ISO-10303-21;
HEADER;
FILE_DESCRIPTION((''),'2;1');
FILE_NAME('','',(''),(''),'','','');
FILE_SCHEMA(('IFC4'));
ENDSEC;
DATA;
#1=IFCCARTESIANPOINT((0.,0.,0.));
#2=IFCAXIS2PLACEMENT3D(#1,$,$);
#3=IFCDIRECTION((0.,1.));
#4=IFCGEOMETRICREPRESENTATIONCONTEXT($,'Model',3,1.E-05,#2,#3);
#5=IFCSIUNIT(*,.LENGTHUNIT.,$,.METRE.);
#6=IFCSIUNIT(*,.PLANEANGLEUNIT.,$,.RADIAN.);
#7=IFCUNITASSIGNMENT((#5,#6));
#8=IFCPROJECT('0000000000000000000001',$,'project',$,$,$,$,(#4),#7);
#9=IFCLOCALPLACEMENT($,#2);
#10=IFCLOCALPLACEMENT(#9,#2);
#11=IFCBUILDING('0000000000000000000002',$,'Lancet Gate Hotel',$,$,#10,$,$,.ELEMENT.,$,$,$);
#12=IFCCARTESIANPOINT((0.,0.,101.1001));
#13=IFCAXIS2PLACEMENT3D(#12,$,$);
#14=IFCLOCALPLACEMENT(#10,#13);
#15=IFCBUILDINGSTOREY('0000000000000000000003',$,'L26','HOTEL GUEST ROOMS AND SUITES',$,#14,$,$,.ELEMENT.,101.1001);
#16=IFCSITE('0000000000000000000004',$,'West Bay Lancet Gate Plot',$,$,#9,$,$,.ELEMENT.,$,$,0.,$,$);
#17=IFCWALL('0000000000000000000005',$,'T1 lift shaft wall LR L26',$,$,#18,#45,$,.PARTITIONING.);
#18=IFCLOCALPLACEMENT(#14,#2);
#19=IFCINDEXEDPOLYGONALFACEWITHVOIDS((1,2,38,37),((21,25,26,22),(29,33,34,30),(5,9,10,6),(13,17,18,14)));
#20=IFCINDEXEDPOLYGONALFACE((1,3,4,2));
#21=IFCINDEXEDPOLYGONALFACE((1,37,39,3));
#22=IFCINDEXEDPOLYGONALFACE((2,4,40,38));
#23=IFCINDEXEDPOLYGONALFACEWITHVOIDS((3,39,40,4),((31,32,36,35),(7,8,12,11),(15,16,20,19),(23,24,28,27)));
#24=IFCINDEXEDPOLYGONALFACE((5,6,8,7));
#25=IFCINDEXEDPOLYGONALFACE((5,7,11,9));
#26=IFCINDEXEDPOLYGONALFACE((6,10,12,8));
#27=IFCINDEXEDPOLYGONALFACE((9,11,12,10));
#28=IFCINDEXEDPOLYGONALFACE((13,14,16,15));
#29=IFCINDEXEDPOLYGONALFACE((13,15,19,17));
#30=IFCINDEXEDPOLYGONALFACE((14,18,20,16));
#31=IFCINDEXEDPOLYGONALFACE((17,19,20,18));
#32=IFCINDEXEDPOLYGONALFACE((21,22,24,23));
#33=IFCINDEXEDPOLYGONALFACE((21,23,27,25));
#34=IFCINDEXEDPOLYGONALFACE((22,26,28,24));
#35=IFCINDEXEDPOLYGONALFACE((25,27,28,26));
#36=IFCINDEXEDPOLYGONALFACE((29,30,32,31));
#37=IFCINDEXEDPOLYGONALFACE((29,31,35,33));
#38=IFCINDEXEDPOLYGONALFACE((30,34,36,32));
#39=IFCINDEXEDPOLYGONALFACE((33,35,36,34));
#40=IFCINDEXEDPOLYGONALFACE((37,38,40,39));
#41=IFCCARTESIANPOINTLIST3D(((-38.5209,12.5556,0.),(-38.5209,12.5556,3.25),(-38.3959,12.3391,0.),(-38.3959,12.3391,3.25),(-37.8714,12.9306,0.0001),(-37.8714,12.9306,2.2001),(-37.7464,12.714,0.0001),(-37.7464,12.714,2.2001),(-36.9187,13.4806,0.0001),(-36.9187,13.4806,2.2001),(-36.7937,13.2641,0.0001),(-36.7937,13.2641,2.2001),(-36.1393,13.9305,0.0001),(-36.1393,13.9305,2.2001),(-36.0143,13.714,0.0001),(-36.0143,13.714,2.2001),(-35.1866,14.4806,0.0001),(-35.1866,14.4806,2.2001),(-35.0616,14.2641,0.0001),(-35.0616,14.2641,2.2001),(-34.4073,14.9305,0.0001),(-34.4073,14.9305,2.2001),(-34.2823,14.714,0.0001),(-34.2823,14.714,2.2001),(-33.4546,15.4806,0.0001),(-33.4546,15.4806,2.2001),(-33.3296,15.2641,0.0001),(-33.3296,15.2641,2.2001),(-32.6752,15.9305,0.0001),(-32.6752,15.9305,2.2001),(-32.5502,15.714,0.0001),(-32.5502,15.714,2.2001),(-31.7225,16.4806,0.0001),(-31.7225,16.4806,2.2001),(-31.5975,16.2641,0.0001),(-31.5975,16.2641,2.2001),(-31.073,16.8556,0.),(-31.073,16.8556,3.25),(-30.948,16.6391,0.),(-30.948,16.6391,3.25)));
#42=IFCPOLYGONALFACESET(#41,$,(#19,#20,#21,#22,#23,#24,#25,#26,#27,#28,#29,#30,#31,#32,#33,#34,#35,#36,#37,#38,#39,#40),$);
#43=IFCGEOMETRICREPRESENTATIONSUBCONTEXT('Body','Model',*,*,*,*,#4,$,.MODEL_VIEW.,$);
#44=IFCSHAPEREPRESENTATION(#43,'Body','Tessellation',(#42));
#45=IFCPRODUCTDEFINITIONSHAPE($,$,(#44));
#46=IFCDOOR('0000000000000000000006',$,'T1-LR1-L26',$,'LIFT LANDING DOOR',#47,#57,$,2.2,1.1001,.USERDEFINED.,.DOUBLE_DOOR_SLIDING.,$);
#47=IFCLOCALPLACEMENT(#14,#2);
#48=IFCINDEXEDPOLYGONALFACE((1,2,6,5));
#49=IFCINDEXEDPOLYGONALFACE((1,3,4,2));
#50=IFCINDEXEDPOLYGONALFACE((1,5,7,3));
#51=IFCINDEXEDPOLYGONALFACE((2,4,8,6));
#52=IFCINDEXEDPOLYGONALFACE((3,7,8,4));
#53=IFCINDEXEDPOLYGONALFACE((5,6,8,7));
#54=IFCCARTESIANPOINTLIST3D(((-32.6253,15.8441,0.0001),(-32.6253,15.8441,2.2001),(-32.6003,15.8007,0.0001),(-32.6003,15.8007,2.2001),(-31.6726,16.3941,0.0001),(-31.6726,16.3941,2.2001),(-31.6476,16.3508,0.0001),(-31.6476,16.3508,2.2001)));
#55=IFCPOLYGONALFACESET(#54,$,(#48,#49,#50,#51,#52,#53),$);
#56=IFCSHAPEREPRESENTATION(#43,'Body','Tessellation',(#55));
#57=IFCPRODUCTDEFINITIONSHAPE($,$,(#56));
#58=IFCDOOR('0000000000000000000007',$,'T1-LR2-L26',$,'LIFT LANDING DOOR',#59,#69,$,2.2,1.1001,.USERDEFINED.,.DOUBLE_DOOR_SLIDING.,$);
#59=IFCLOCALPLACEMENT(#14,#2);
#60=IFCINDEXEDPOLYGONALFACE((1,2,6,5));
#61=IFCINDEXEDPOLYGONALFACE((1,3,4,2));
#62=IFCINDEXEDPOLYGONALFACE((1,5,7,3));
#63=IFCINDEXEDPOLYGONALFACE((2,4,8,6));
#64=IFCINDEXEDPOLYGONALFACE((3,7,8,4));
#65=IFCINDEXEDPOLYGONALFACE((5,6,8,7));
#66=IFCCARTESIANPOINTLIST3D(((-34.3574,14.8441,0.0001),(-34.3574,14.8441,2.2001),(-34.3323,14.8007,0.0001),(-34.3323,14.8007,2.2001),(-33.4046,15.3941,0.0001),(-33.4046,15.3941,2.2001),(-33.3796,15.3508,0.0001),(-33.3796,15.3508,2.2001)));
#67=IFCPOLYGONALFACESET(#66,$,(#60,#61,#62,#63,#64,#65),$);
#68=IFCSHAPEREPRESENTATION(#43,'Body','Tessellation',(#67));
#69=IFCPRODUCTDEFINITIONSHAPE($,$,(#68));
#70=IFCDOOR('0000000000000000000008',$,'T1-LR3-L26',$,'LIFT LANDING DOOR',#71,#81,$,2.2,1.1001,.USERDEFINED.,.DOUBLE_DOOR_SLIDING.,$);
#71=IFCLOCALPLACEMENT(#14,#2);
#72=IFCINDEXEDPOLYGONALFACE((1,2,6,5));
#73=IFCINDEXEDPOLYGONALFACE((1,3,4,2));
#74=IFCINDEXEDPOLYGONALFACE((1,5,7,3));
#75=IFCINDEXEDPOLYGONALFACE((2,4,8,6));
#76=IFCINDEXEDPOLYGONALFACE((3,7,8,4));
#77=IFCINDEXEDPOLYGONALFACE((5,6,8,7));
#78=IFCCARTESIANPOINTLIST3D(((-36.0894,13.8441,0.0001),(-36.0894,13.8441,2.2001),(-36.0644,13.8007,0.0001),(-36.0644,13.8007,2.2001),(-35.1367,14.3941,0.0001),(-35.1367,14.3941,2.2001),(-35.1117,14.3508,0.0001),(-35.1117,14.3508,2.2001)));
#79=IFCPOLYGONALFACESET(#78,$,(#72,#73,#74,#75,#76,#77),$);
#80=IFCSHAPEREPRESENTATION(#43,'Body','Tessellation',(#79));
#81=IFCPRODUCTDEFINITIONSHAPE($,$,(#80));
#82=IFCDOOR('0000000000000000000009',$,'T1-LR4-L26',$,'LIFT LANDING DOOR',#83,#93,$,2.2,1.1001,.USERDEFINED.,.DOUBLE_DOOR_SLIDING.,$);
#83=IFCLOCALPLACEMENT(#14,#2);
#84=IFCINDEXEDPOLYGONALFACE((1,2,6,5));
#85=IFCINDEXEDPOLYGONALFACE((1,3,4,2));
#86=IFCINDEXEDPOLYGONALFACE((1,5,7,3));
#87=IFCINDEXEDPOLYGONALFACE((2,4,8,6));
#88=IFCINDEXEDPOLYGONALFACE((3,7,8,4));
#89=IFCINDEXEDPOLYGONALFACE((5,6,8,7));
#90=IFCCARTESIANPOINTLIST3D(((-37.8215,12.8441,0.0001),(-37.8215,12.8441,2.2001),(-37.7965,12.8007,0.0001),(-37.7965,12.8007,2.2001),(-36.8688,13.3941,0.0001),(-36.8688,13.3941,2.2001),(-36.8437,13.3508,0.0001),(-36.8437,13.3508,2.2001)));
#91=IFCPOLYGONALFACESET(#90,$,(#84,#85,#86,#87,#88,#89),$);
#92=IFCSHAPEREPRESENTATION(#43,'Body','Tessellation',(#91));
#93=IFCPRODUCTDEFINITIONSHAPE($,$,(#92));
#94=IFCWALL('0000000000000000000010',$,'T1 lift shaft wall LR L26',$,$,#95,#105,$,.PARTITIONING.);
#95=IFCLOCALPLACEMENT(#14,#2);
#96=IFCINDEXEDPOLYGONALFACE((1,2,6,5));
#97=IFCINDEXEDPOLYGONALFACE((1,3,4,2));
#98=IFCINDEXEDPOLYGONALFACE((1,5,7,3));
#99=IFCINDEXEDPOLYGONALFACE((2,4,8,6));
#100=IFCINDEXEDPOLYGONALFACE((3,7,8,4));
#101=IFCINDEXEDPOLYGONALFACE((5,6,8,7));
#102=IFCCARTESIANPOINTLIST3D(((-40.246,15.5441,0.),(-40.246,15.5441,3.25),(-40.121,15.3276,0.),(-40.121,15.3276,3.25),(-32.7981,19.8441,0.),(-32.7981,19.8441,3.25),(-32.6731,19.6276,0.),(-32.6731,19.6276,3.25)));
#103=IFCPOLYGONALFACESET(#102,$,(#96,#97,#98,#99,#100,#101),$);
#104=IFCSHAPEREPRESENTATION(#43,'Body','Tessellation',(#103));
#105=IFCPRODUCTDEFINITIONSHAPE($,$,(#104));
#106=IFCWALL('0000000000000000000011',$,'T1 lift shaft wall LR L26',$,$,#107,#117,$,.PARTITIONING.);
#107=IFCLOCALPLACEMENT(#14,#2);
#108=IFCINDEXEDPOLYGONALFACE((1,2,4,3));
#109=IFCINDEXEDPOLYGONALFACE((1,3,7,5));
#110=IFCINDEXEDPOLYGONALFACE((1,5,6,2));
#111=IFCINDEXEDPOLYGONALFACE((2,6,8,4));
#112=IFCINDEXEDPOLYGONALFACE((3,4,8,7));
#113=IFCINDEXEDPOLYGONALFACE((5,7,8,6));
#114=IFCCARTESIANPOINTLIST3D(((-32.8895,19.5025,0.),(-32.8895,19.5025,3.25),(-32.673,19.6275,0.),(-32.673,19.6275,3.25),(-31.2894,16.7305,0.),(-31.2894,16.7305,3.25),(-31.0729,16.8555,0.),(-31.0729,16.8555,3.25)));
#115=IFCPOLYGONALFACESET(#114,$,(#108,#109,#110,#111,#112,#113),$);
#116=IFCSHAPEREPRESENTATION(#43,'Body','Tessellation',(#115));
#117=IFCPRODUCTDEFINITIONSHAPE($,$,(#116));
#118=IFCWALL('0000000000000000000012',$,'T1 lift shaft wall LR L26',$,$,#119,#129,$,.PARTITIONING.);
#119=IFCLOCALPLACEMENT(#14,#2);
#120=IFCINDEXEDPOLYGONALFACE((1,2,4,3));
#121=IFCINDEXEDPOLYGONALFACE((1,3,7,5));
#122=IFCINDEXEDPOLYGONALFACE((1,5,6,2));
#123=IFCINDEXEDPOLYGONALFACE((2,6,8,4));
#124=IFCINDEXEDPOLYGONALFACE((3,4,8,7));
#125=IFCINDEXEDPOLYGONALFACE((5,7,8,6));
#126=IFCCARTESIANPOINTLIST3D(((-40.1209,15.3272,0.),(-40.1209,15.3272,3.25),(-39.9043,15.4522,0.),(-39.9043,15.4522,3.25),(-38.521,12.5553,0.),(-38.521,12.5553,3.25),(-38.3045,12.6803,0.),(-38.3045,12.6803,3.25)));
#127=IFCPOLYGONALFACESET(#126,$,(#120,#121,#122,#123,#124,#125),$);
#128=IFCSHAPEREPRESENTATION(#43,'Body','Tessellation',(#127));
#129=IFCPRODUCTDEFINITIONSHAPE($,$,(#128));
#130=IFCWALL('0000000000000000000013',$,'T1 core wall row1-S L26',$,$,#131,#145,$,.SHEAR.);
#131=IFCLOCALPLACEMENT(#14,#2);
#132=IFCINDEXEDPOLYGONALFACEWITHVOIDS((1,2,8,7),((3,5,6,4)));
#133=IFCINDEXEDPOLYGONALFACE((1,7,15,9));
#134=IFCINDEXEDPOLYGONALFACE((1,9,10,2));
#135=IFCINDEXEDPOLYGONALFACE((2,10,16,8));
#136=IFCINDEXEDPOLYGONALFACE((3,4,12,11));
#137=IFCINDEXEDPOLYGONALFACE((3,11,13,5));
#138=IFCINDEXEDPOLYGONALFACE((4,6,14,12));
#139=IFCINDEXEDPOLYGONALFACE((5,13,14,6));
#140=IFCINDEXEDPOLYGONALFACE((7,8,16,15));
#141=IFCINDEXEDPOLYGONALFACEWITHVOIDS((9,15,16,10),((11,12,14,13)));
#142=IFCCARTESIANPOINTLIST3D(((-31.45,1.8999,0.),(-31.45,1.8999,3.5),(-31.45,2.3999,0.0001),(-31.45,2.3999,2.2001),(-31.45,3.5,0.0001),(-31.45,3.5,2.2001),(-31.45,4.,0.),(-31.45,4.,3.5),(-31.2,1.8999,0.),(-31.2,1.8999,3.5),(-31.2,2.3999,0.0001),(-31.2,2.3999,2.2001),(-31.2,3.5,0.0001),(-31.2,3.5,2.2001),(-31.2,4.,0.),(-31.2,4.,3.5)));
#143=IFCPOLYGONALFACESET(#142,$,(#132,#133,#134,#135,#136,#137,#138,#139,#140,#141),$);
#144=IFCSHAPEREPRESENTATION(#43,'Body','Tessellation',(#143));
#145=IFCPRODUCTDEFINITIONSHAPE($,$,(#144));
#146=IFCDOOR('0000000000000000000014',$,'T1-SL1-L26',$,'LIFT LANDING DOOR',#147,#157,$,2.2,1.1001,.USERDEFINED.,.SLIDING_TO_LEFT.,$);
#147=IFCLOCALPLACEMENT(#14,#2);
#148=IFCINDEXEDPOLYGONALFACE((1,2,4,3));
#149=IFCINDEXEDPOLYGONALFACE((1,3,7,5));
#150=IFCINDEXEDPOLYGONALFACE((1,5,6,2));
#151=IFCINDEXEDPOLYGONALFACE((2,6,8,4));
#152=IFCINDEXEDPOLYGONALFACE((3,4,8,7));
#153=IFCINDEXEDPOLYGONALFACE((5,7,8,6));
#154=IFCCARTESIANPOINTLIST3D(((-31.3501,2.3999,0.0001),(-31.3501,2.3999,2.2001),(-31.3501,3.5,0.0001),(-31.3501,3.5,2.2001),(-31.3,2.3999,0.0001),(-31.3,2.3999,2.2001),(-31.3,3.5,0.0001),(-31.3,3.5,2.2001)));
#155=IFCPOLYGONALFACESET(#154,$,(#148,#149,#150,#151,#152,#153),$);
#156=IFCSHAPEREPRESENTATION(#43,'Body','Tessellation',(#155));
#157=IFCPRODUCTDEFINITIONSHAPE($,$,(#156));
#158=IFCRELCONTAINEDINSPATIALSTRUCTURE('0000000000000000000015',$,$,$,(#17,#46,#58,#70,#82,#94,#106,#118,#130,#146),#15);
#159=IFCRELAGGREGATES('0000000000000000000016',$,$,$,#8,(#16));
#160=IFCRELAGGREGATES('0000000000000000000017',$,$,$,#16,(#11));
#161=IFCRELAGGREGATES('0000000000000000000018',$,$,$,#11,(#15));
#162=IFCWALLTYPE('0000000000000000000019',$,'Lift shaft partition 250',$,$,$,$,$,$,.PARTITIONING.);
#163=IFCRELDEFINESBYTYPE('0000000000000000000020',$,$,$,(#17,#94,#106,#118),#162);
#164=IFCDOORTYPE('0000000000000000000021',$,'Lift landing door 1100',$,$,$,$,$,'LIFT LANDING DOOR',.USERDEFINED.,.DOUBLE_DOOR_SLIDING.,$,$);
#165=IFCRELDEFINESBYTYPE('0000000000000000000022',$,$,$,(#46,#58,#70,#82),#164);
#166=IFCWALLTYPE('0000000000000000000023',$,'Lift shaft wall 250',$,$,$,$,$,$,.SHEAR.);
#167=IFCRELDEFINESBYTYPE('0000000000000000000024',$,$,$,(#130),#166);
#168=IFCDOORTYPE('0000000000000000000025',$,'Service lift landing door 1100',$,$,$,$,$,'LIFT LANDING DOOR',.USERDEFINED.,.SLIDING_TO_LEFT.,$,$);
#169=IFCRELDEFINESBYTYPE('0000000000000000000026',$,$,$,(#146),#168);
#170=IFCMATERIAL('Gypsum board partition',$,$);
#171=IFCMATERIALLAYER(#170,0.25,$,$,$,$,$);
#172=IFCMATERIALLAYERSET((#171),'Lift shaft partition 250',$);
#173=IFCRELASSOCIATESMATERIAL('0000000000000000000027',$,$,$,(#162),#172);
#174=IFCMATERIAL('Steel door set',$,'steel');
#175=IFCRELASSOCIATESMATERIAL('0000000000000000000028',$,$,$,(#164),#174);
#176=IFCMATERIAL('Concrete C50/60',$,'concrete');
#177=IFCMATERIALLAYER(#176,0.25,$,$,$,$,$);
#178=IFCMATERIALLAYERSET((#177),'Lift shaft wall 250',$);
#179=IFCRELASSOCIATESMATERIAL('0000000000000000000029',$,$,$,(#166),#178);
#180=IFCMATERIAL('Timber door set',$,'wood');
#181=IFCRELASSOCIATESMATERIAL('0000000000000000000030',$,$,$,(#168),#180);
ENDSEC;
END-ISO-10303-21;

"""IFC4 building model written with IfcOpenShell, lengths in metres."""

from ifc_helpers import new_model, si_unit, direction, frame, frame_2d, origin, place, context, subcontext, project, spatial, rectangle, extrude, material, layer, layer_set, type_object, element, fill, save


model = new_model("IFC4")

# Units and contexts
model_context = context("Model", 3, precision=1e-05, world=origin(), true_north=direction((0.0, 1.0)))
body_context = subcontext(model_context, "Body", "Model", "MODEL_VIEW")
ifc_project = project(units=[si_unit("LENGTHUNIT", "METRE"), si_unit("PLANEANGLEUNIT", "RADIAN")], contexts=[model_context])

# Site, building, storey
site_placement = place(None, origin())
site = spatial("IfcSite", under=ifc_project, at=site_placement, Name="West Bay Lancet Gate Plot", CompositionType="ELEMENT", RefElevation=0.0)
building_placement = place(site_placement, origin())
building = spatial("IfcBuilding", under=site, at=building_placement, Name="Lancet Gate Hotel", CompositionType="ELEMENT")
storey_placement = place(building_placement, frame((0.0, 0.0, 101.1001)))
storey = spatial("IfcBuildingStorey", under=building, at=storey_placement, Name="L26", Description="HOTEL GUEST ROOMS AND SUITES", CompositionType="ELEMENT", Elevation=101.1001)

# Wall, openings, doors
ifc_material_1 = material(Name="Gypsum board partition")
ifc_layer_1 = layer(ifc_material_1, 0.25)
ifc_layer_set_1 = layer_set([ifc_layer_1], Name="Lift shaft partition 250")
wall_type_1 = type_object("IfcWallType", Name="Lift shaft partition 250", PredefinedType="PARTITIONING", material=ifc_layer_set_1)
wall_1_placement = place(storey_placement, frame((-31.0105, 16.7473, 0.0), z_axis=(0.0, 0.0, 1.0), x_axis=(-0.866028, -0.499995, 0.0)))
wall_1 = element("IfcWall", 1, at=wall_1_placement, inside=storey, type_object=wall_type_1, Name="T1 lift shaft wall LR L26", PredefinedType="PARTITIONING", context=body_context, shape_type="SweptSolid", body=[
    extrude(rectangle(XDim=8.6001, YDim=0.25, at=frame_2d((4.3, 0.0))), origin(), (0.0, 0.0, 1.0), 3.25),
])
opening_1_placement = place(wall_1_placement, frame((0.75, 0.0, 0.0)))
opening_1 = element("IfcOpeningElement", 2, at=opening_1_placement, cuts=wall_1, PredefinedType="OPENING", context=body_context, shape_type="SweptSolid", body=[
    extrude(rectangle(XDim=1.1001, YDim=2.2, at=frame_2d((0.55, 1.1001))), frame((0.0, 0.135, 0.0), z_axis=(0.0, -1.0, 0.0), x_axis=(1.0, 0.0, 0.0)), (0.0, 0.0, 1.0), 0.27),
])
opening_2_placement = place(wall_1_placement, frame((2.75, 0.0, 0.0)))
opening_2 = element("IfcOpeningElement", 3, at=opening_2_placement, cuts=wall_1, PredefinedType="OPENING", context=body_context, shape_type="SweptSolid", body=[
    extrude(rectangle(XDim=1.1001, YDim=2.2, at=frame_2d((0.55, 1.1001))), frame((0.0, 0.135, 0.0), z_axis=(0.0, -1.0, 0.0), x_axis=(1.0, 0.0, 0.0)), (0.0, 0.0, 1.0), 0.27),
])
opening_3_placement = place(wall_1_placement, frame((4.75, 0.0, 0.0)))
opening_3 = element("IfcOpeningElement", 4, at=opening_3_placement, cuts=wall_1, PredefinedType="OPENING", context=body_context, shape_type="SweptSolid", body=[
    extrude(rectangle(XDim=1.1001, YDim=2.2, at=frame_2d((0.55, 1.1001))), frame((0.0, 0.135, 0.0), z_axis=(0.0, -1.0, 0.0), x_axis=(1.0, 0.0, 0.0)), (0.0, 0.0, 1.0), 0.27),
])
opening_4_placement = place(wall_1_placement, frame((6.75, 0.0, 0.0)))
opening_4 = element("IfcOpeningElement", 5, at=opening_4_placement, cuts=wall_1, PredefinedType="OPENING", context=body_context, shape_type="SweptSolid", body=[
    extrude(rectangle(XDim=1.1001, YDim=2.2, at=frame_2d((0.55, 1.1001))), frame((0.0, 0.135, 0.0), z_axis=(0.0, -1.0, 0.0), x_axis=(1.0, 0.0, 0.0)), (0.0, 0.0, 1.0), 0.27),
])
ifc_material_2 = material(Name="Steel door set", Category="steel")
door_type_1 = type_object("IfcDoorType", Name="Lift landing door 1100", ElementType="LIFT LANDING DOOR", OperationType="DOUBLE_DOOR_SLIDING", PredefinedType="USERDEFINED", material=ifc_material_2)
door_1_placement = place(opening_1_placement, origin())
door_1 = element("IfcDoor", 6, at=door_1_placement, inside=storey, type_object=door_type_1, Name="T1-LR1-L26", ObjectType="LIFT LANDING DOOR", OperationType="DOUBLE_DOOR_SLIDING", OverallHeight=2.2, OverallWidth=1.1001, PredefinedType="USERDEFINED", context=body_context, shape_type="SweptSolid", body=[
    extrude(rectangle(XDim=1.1001, YDim=2.2, at=frame_2d((0.55, 1.1001))), frame((0.0, 0.0249, 0.0), z_axis=(0.0, -1.0, 0.0), x_axis=(1.0, 0.0, 0.0)), (0.0, 0.0, 1.0), 0.05),
])
fill(opening_1, door_1)
door_2_placement = place(opening_2_placement, origin())
door_2 = element("IfcDoor", 7, at=door_2_placement, inside=storey, type_object=door_type_1, Name="T1-LR2-L26", ObjectType="LIFT LANDING DOOR", OperationType="DOUBLE_DOOR_SLIDING", OverallHeight=2.2, OverallWidth=1.1001, PredefinedType="USERDEFINED", context=body_context, shape_type="SweptSolid", body=[
    extrude(rectangle(XDim=1.1001, YDim=2.2, at=frame_2d((0.55, 1.1001))), frame((0.0, 0.0249, 0.0), z_axis=(0.0, -1.0, 0.0), x_axis=(1.0, 0.0, 0.0)), (0.0, 0.0, 1.0), 0.05),
])
fill(opening_2, door_2)
door_3_placement = place(opening_3_placement, origin())
door_3 = element("IfcDoor", 8, at=door_3_placement, inside=storey, type_object=door_type_1, Name="T1-LR3-L26", ObjectType="LIFT LANDING DOOR", OperationType="DOUBLE_DOOR_SLIDING", OverallHeight=2.2, OverallWidth=1.1001, PredefinedType="USERDEFINED", context=body_context, shape_type="SweptSolid", body=[
    extrude(rectangle(XDim=1.1001, YDim=2.2, at=frame_2d((0.55, 1.1001))), frame((0.0, 0.0249, 0.0), z_axis=(0.0, -1.0, 0.0), x_axis=(1.0, 0.0, 0.0)), (0.0, 0.0, 1.0), 0.05),
])
fill(opening_3, door_3)
door_4_placement = place(opening_4_placement, origin())
door_4 = element("IfcDoor", 9, at=door_4_placement, inside=storey, type_object=door_type_1, Name="T1-LR4-L26", ObjectType="LIFT LANDING DOOR", OperationType="DOUBLE_DOOR_SLIDING", OverallHeight=2.2, OverallWidth=1.1001, PredefinedType="USERDEFINED", context=body_context, shape_type="SweptSolid", body=[
    extrude(rectangle(XDim=1.1001, YDim=2.2, at=frame_2d((0.55, 1.1001))), frame((0.0, 0.0249, 0.0), z_axis=(0.0, -1.0, 0.0), x_axis=(1.0, 0.0, 0.0)), (0.0, 0.0, 1.0), 0.05),
])
fill(opening_4, door_4)

# Walls
wall_2_placement = place(storey_placement, frame((-32.7356, 19.7358, 0.0), z_axis=(0.0, 0.0, 1.0), x_axis=(-0.866028, -0.499995, 0.0)))
element("IfcWall", 10, at=wall_2_placement, inside=storey, type_object=wall_type_1, Name="T1 lift shaft wall LR L26", PredefinedType="PARTITIONING", context=body_context, shape_type="SweptSolid", body=[
    extrude(rectangle(XDim=8.6001, YDim=0.25, at=frame_2d((4.3, 0.0))), origin(), (0.0, 0.0, 1.0), 3.25),
])
wall_3_placement = place(storey_placement, frame((-31.1812, 16.793, 0.0), z_axis=(0.0, 0.0, 1.0), x_axis=(-0.499929, 0.866066, 0.0)))
element("IfcWall", 11, at=wall_3_placement, inside=storey, type_object=wall_type_1, Name="T1 lift shaft wall LR L26", PredefinedType="PARTITIONING", context=body_context, shape_type="SweptSolid", body=[
    extrude(rectangle(XDim=3.2007, YDim=0.25, at=frame_2d((1.6003, 0.0))), origin(), (0.0, 0.0, 1.0), 3.25),
])
wall_4_placement = place(storey_placement, frame((-38.4128, 12.6179, 0.0), z_axis=(0.0, 0.0, 1.0), x_axis=(-0.499872, 0.866099, 0.0)))
element("IfcWall", 12, at=wall_4_placement, inside=storey, type_object=wall_type_1, Name="T1 lift shaft wall LR L26", PredefinedType="PARTITIONING", context=body_context, shape_type="SweptSolid", body=[
    extrude(rectangle(XDim=3.2004, YDim=0.25, at=frame_2d((1.6001, 0.0))), origin(), (0.0, 0.0, 1.0), 3.25),
])

# Wall, opening, door
ifc_material_3 = material(Name="Concrete C50/60", Category="concrete")
ifc_layer_2 = layer(ifc_material_3, 0.25)
ifc_layer_set_2 = layer_set([ifc_layer_2], Name="Lift shaft wall 250")
wall_type_2 = type_object("IfcWallType", Name="Lift shaft wall 250", PredefinedType="SHEAR", material=ifc_layer_set_2)
wall_5_placement = place(storey_placement, frame((-31.325, 4.0, 0.0), z_axis=(0.0, 0.0, 1.0), x_axis=(0.0, -1.0, 0.0)))
wall_5 = element("IfcWall", 13, at=wall_5_placement, inside=storey, type_object=wall_type_2, Name="T1 core wall row1-S L26", PredefinedType="SHEAR", context=body_context, shape_type="SweptSolid", body=[
    extrude(rectangle(XDim=2.1001, YDim=0.25, at=frame_2d((1.05, 0.0))), origin(), (0.0, 0.0, 1.0), 3.5),
])
opening_5_placement = place(wall_5_placement, frame((0.5, 0.0, 0.0)))
opening_5 = element("IfcOpeningElement", 14, at=opening_5_placement, cuts=wall_5, PredefinedType="OPENING", context=body_context, shape_type="SweptSolid", body=[
    extrude(rectangle(XDim=1.1001, YDim=2.2, at=frame_2d((0.55, 1.1001))), frame((0.0, 0.135, 0.0), z_axis=(0.0, -1.0, 0.0), x_axis=(1.0, 0.0, 0.0)), (0.0, 0.0, 1.0), 0.27),
])
ifc_material_4 = material(Name="Timber door set", Category="wood")
door_type_2 = type_object("IfcDoorType", Name="Service lift landing door 1100", ElementType="LIFT LANDING DOOR", OperationType="SLIDING_TO_LEFT", PredefinedType="USERDEFINED", material=ifc_material_4)
door_5_placement = place(opening_5_placement, origin())
door_5 = element("IfcDoor", 15, at=door_5_placement, inside=storey, type_object=door_type_2, Name="T1-SL1-L26", ObjectType="LIFT LANDING DOOR", OperationType="SLIDING_TO_LEFT", OverallHeight=2.2, OverallWidth=1.1001, PredefinedType="USERDEFINED", context=body_context, shape_type="SweptSolid", body=[
    extrude(rectangle(XDim=1.1001, YDim=2.2, at=frame_2d((0.55, 1.1001))), frame((0.0, 0.0249, 0.0), z_axis=(0.0, -1.0, 0.0), x_axis=(1.0, 0.0, 0.0)), (0.0, 0.0, 1.0), 0.05),
])
fill(opening_5, door_5)

save(model, "model.ifc")
